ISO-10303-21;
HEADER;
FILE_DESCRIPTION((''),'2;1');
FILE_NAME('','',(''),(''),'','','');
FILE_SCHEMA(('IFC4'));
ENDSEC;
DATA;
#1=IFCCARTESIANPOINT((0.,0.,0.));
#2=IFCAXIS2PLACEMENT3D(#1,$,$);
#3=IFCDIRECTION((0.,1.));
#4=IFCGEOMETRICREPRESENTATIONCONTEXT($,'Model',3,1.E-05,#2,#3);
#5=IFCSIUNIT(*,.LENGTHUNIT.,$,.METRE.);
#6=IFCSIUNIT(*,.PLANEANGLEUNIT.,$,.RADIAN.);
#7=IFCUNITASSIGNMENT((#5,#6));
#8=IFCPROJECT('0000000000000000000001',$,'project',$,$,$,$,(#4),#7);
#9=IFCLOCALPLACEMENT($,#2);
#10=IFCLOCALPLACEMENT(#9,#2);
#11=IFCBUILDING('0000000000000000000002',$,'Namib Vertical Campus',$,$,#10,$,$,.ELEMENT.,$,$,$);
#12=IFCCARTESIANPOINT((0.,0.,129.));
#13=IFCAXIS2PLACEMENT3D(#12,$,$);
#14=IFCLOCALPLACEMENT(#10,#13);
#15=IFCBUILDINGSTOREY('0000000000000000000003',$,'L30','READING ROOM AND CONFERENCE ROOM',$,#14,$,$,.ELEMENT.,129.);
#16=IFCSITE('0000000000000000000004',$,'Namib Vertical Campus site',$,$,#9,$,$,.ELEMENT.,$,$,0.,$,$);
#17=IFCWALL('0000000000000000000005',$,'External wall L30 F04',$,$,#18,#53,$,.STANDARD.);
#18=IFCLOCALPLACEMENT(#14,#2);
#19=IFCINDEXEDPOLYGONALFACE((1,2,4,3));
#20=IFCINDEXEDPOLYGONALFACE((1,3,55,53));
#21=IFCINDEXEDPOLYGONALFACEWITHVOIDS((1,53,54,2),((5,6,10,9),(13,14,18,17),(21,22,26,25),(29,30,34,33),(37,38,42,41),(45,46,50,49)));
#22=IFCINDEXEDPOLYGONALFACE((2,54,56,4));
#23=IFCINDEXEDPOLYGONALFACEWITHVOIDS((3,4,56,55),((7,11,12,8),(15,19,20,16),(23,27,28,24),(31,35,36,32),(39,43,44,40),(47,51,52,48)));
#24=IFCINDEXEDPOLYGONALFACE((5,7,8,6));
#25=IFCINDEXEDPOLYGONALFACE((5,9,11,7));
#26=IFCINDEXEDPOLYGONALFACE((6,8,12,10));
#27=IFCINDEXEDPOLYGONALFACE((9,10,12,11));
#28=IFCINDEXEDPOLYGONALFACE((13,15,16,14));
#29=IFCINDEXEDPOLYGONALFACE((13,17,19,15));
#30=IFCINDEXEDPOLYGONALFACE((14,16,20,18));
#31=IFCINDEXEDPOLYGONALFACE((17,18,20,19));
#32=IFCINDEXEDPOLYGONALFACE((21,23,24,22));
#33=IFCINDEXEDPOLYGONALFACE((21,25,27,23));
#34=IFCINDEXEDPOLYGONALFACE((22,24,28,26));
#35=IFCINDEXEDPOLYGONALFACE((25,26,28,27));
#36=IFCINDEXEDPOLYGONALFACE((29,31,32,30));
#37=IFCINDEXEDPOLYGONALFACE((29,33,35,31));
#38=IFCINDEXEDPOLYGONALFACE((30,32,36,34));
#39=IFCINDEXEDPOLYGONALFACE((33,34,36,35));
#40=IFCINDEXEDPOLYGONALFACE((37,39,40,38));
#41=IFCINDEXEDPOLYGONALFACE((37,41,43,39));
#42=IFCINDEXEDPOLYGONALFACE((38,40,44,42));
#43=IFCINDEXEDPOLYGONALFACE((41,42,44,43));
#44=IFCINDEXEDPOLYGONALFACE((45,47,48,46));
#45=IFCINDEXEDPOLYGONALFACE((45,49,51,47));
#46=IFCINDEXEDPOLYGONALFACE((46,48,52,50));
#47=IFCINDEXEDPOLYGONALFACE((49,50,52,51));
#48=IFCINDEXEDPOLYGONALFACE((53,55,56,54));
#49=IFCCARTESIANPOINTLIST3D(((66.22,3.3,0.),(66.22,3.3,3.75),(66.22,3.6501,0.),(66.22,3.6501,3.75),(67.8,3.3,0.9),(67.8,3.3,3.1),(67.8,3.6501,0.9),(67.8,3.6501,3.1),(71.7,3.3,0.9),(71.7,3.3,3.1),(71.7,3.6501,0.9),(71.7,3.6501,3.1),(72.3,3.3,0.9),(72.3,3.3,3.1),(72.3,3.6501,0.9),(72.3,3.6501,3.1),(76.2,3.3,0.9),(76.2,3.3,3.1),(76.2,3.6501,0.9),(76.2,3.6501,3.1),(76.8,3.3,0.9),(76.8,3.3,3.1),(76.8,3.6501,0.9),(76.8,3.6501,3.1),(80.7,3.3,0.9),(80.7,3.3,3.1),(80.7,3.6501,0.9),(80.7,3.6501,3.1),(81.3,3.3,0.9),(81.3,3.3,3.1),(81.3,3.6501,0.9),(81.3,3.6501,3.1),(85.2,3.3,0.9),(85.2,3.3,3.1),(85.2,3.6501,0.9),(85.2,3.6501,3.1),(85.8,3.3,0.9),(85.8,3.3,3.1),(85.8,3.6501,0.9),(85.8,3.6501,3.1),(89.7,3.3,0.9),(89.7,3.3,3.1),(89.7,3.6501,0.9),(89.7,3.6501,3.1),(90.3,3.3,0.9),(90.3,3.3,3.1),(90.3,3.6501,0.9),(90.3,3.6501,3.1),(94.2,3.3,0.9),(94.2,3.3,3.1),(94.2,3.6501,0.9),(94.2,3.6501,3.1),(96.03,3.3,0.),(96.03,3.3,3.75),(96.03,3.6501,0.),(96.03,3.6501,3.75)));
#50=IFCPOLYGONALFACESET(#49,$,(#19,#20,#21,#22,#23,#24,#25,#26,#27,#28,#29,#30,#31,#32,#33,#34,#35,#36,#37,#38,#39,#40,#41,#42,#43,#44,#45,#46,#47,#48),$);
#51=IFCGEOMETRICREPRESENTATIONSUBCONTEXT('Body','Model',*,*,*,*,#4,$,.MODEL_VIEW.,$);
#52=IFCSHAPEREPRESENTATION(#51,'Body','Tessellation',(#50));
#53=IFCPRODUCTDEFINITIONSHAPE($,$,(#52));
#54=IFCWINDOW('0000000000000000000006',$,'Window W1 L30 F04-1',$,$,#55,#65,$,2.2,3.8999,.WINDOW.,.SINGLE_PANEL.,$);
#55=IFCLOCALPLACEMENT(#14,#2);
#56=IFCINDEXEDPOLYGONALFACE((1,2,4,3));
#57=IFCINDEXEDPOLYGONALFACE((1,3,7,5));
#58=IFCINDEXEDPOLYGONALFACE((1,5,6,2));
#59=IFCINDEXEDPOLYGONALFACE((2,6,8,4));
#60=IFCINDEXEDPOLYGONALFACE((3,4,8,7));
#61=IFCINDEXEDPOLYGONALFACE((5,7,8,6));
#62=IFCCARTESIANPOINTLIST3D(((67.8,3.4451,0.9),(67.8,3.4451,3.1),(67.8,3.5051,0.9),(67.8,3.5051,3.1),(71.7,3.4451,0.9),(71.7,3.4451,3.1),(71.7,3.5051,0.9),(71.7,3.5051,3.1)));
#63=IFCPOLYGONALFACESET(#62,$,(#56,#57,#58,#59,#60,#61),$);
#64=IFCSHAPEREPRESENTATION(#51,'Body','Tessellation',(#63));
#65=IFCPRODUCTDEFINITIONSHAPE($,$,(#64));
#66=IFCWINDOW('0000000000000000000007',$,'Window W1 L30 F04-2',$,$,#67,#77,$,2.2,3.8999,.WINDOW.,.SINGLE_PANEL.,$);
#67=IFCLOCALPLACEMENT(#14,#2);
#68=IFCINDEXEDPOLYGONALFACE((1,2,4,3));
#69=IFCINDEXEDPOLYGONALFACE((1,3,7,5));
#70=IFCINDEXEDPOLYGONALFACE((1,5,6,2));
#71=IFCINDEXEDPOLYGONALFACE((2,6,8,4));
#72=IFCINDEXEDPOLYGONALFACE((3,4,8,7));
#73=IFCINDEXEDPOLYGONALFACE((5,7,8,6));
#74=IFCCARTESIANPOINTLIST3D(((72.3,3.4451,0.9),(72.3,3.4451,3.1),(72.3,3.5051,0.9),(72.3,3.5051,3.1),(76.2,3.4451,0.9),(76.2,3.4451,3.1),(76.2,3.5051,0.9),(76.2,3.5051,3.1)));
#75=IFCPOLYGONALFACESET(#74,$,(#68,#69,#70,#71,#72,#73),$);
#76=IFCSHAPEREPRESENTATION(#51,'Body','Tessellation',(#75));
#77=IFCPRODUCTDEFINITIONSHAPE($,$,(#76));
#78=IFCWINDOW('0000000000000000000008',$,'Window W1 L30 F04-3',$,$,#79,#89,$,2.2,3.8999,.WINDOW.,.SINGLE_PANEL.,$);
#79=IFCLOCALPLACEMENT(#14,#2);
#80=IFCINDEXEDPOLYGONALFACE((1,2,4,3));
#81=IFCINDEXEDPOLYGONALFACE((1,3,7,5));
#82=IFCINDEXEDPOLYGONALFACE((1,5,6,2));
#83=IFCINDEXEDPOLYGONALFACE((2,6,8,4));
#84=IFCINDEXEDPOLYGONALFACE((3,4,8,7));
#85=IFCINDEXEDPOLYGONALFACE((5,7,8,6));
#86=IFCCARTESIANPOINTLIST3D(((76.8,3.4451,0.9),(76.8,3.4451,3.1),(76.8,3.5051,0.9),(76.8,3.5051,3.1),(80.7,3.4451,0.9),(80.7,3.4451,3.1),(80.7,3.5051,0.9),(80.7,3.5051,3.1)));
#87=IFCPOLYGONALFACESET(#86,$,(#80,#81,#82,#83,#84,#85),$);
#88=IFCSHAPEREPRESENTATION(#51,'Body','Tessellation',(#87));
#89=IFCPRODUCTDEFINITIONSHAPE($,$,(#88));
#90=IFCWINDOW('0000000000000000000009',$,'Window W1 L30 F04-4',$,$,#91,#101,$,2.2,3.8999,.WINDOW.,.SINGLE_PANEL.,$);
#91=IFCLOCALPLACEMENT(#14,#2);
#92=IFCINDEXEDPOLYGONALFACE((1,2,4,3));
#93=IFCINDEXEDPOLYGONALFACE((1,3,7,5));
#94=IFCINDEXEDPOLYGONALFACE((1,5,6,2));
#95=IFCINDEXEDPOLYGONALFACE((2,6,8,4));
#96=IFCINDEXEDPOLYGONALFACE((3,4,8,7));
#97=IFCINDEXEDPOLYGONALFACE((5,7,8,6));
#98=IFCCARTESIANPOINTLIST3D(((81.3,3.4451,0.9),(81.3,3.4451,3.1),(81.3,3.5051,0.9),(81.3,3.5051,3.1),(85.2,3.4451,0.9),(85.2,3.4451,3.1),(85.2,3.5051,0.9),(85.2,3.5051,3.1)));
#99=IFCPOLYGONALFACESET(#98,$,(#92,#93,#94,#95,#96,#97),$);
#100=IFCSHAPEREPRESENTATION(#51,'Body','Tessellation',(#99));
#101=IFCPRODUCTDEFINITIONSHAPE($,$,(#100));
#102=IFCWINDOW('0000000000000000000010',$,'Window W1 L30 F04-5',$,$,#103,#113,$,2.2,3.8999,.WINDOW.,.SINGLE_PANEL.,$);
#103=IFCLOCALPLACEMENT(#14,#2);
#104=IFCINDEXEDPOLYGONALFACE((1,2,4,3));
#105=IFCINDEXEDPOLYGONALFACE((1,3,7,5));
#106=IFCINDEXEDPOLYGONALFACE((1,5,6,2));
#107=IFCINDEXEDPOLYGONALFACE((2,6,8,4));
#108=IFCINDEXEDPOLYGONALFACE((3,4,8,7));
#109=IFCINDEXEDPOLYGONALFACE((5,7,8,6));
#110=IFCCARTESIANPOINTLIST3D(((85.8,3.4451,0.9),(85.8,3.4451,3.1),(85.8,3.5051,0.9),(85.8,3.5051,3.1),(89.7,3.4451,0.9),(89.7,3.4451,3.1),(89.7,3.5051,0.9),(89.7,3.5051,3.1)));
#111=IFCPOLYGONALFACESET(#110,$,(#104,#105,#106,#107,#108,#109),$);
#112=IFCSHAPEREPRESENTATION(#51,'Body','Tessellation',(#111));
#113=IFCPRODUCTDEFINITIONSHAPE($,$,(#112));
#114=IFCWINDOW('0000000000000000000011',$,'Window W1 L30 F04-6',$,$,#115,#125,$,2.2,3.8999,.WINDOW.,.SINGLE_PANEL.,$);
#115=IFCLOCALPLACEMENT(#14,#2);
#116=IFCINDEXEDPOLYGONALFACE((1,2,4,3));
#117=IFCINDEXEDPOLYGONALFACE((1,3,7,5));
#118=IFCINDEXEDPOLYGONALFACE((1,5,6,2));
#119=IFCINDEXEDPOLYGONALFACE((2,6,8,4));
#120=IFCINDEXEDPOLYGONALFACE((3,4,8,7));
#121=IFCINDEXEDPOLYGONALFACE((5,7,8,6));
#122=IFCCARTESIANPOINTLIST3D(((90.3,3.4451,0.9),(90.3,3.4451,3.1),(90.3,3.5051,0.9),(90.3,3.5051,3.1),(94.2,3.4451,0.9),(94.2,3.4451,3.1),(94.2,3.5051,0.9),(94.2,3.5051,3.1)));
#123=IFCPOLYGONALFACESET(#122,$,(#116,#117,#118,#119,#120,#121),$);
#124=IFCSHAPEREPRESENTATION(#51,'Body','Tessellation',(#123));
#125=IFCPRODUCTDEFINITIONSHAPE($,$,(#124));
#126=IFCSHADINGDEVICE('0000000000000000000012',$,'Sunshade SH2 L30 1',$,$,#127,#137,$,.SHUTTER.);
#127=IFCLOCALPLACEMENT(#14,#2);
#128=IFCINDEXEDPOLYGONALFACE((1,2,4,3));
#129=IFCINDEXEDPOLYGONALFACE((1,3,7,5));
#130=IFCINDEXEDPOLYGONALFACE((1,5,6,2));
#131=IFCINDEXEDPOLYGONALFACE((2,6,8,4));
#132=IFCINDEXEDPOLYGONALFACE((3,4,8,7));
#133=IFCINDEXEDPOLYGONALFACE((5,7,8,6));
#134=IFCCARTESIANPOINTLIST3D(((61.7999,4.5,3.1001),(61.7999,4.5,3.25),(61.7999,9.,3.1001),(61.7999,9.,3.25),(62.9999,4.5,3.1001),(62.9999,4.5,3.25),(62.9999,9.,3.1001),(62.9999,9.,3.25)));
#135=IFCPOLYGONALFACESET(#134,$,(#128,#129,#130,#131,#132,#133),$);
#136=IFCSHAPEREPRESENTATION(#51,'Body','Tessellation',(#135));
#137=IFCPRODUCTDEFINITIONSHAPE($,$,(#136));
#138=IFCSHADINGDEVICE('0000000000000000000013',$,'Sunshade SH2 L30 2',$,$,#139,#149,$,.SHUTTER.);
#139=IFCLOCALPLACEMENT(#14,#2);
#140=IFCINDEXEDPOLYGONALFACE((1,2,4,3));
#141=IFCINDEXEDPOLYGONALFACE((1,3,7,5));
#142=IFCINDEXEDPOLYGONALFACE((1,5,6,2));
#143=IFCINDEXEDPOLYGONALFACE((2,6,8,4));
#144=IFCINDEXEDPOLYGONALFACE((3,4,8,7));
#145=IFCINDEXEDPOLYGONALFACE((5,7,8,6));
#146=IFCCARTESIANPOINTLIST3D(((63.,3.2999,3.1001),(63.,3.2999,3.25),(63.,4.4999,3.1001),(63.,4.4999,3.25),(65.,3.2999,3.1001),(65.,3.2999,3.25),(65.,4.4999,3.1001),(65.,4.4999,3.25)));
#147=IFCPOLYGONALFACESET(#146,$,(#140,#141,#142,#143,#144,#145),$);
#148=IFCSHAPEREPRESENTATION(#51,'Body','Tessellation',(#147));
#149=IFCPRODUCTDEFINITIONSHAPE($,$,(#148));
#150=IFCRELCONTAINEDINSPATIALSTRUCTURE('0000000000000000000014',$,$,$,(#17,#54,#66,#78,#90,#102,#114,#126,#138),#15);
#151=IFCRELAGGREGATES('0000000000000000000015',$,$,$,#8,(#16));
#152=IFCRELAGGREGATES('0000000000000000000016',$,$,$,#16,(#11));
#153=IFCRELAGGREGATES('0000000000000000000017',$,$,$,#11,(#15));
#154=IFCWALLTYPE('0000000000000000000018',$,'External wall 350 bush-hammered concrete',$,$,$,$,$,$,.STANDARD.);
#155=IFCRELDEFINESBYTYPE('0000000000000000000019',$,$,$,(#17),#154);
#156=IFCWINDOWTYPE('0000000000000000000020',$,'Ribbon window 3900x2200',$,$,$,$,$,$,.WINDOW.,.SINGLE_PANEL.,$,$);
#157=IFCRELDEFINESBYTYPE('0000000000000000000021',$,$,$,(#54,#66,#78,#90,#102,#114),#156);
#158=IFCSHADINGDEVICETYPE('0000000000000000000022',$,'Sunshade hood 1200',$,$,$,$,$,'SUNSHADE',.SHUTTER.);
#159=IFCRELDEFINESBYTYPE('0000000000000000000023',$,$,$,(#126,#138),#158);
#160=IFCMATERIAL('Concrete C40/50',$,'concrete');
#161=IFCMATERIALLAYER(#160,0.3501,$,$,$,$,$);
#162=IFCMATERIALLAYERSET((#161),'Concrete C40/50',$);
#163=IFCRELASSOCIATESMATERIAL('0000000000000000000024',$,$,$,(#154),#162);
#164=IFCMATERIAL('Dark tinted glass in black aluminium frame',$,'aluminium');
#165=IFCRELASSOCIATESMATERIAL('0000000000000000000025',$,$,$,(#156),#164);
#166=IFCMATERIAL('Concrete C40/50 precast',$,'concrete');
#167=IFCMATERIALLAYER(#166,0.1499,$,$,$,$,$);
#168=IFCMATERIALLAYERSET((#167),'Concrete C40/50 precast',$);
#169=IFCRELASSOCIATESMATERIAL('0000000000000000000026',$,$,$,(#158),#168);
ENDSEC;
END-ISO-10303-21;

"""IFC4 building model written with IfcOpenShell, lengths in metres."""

from ifc_helpers import new_model, si_unit, direction, frame, frame_2d, origin, origin_2d, place, context, subcontext, project, spatial, rectangle, extrude, material, layer, layer_set, type_object, element, fill, save


model = new_model("IFC4")

# Units and contexts
model_context = context("Model", 3, precision=1e-05, world=origin(), true_north=direction((0.0, 1.0)))
body_context = subcontext(model_context, "Body", "Model", "MODEL_VIEW")
ifc_project = project(units=[si_unit("LENGTHUNIT", "METRE"), si_unit("PLANEANGLEUNIT", "RADIAN")], contexts=[model_context])

# Site, building, storey
site_placement = place(None, origin())
site = spatial("IfcSite", under=ifc_project, at=site_placement, Name="Namib Vertical Campus site", CompositionType="ELEMENT", RefElevation=0.0)
building_placement = place(site_placement, origin())
building = spatial("IfcBuilding", under=site, at=building_placement, Name="Namib Vertical Campus", CompositionType="ELEMENT")
storey_placement = place(building_placement, frame((0.0, 0.0, 129.0)))
storey = spatial("IfcBuildingStorey", under=building, at=storey_placement, Name="L30", Description="READING ROOM AND CONFERENCE ROOM", CompositionType="ELEMENT", Elevation=129.0)

# Shared definitions
ifc_material_1 = material(Name="Concrete C40/50", Category="concrete")
ifc_layer_1 = layer(ifc_material_1, 0.3501)
ifc_layer_set_1 = layer_set([ifc_layer_1], Name="Concrete C40/50")
wall_type = type_object("IfcWallType", Name="External wall 350 bush-hammered concrete", PredefinedType="STANDARD", material=ifc_layer_set_1)

# Wall, openings, windows
wall_1_placement = place(storey_placement, frame((66.22, 3.4751, 0.0), z_axis=(0.0, 0.0, 1.0), x_axis=(1.0, 0.0, 0.0)))
wall_1 = element("IfcWall", 1, at=wall_1_placement, inside=storey, type_object=wall_type, Name="External wall L30 F04", PredefinedType="STANDARD", context=body_context, shape_type="SweptSolid", body=[
    extrude(rectangle(XDim=29.8101, YDim=0.3501, at=frame_2d((14.905, 0.0))), origin(), (0.0, 0.0, 1.0), 3.75),
])
opening_1_placement = place(wall_1_placement, frame((1.5801, 0.0, 0.8999)))
opening_1 = element("IfcOpeningElement", 2, at=opening_1_placement, cuts=wall_1, PredefinedType="OPENING", context=body_context, shape_type="SweptSolid", body=[
    extrude(rectangle(XDim=3.8999, YDim=2.2, at=frame_2d((1.95, 1.1001))), frame((0.0, 0.1851, 0.0), z_axis=(0.0, -1.0, 0.0), x_axis=(1.0, 0.0, 0.0)), (0.0, 0.0, 1.0), 0.3701),
])
opening_2_placement = place(wall_1_placement, frame((6.0801, 0.0, 0.8999)))
opening_2 = element("IfcOpeningElement", 3, at=opening_2_placement, cuts=wall_1, PredefinedType="OPENING", context=body_context, shape_type="SweptSolid", body=[
    extrude(rectangle(XDim=3.8999, YDim=2.2, at=frame_2d((1.95, 1.1001))), frame((0.0, 0.1851, 0.0), z_axis=(0.0, -1.0, 0.0), x_axis=(1.0, 0.0, 0.0)), (0.0, 0.0, 1.0), 0.3701),
])
opening_3_placement = place(wall_1_placement, frame((10.5801, 0.0, 0.8999)))
opening_3 = element("IfcOpeningElement", 4, at=opening_3_placement, cuts=wall_1, PredefinedType="OPENING", context=body_context, shape_type="SweptSolid", body=[
    extrude(rectangle(XDim=3.8999, YDim=2.2, at=frame_2d((1.95, 1.1001))), frame((0.0, 0.1851, 0.0), z_axis=(0.0, -1.0, 0.0), x_axis=(1.0, 0.0, 0.0)), (0.0, 0.0, 1.0), 0.3701),
])
opening_4_placement = place(wall_1_placement, frame((15.0801, 0.0, 0.8999)))
opening_4 = element("IfcOpeningElement", 5, at=opening_4_placement, cuts=wall_1, PredefinedType="OPENING", context=body_context, shape_type="SweptSolid", body=[
    extrude(rectangle(XDim=3.8999, YDim=2.2, at=frame_2d((1.95, 1.1001))), frame((0.0, 0.1851, 0.0), z_axis=(0.0, -1.0, 0.0), x_axis=(1.0, 0.0, 0.0)), (0.0, 0.0, 1.0), 0.3701),
])
opening_5_placement = place(wall_1_placement, frame((19.5801, 0.0, 0.8999)))
opening_5 = element("IfcOpeningElement", 6, at=opening_5_placement, cuts=wall_1, PredefinedType="OPENING", context=body_context, shape_type="SweptSolid", body=[
    extrude(rectangle(XDim=3.8999, YDim=2.2, at=frame_2d((1.95, 1.1001))), frame((0.0, 0.1851, 0.0), z_axis=(0.0, -1.0, 0.0), x_axis=(1.0, 0.0, 0.0)), (0.0, 0.0, 1.0), 0.3701),
])
opening_6_placement = place(wall_1_placement, frame((24.0801, 0.0, 0.8999)))
opening_6 = element("IfcOpeningElement", 7, at=opening_6_placement, cuts=wall_1, PredefinedType="OPENING", context=body_context, shape_type="SweptSolid", body=[
    extrude(rectangle(XDim=3.8999, YDim=2.2, at=frame_2d((1.95, 1.1001))), frame((0.0, 0.1851, 0.0), z_axis=(0.0, -1.0, 0.0), x_axis=(1.0, 0.0, 0.0)), (0.0, 0.0, 1.0), 0.3701),
])
ifc_material_2 = material(Name="Dark tinted glass in black aluminium frame", Category="aluminium")
window_type = type_object("IfcWindowType", Name="Ribbon window 3900x2200", PartitioningType="SINGLE_PANEL", PredefinedType="WINDOW", material=ifc_material_2)
window_1_placement = place(opening_1_placement, origin())
window_1 = element("IfcWindow", 8, at=window_1_placement, inside=storey, type_object=window_type, Name="Window W1 L30 F04-1", OverallHeight=2.2, OverallWidth=3.8999, PartitioningType="SINGLE_PANEL", PredefinedType="WINDOW", context=body_context, shape_type="SweptSolid", body=[
    extrude(rectangle(XDim=3.8999, YDim=2.2, at=frame_2d((1.95, 1.1001))), frame((0.0, 0.03, 0.0), z_axis=(0.0, -1.0, 0.0), x_axis=(1.0, 0.0, 0.0)), (0.0, 0.0, 1.0), 0.0601),
])
fill(opening_1, window_1)
window_2_placement = place(opening_2_placement, origin())
window_2 = element("IfcWindow", 9, at=window_2_placement, inside=storey, type_object=window_type, Name="Window W1 L30 F04-2", OverallHeight=2.2, OverallWidth=3.8999, PartitioningType="SINGLE_PANEL", PredefinedType="WINDOW", context=body_context, shape_type="SweptSolid", body=[
    extrude(rectangle(XDim=3.8999, YDim=2.2, at=frame_2d((1.95, 1.1001))), frame((0.0, 0.03, 0.0), z_axis=(0.0, -1.0, 0.0), x_axis=(1.0, 0.0, 0.0)), (0.0, 0.0, 1.0), 0.0601),
])
fill(opening_2, window_2)
window_3_placement = place(opening_3_placement, origin())
window_3 = element("IfcWindow", 10, at=window_3_placement, inside=storey, type_object=window_type, Name="Window W1 L30 F04-3", OverallHeight=2.2, OverallWidth=3.8999, PartitioningType="SINGLE_PANEL", PredefinedType="WINDOW", context=body_context, shape_type="SweptSolid", body=[
    extrude(rectangle(XDim=3.8999, YDim=2.2, at=frame_2d((1.95, 1.1001))), frame((0.0, 0.03, 0.0), z_axis=(0.0, -1.0, 0.0), x_axis=(1.0, 0.0, 0.0)), (0.0, 0.0, 1.0), 0.0601),
])
fill(opening_3, window_3)
window_4_placement = place(opening_4_placement, origin())
window_4 = element("IfcWindow", 11, at=window_4_placement, inside=storey, type_object=window_type, Name="Window W1 L30 F04-4", OverallHeight=2.2, OverallWidth=3.8999, PartitioningType="SINGLE_PANEL", PredefinedType="WINDOW", context=body_context, shape_type="SweptSolid", body=[
    extrude(rectangle(XDim=3.8999, YDim=2.2, at=frame_2d((1.95, 1.1001))), frame((0.0, 0.03, 0.0), z_axis=(0.0, -1.0, 0.0), x_axis=(1.0, 0.0, 0.0)), (0.0, 0.0, 1.0), 0.0601),
])
fill(opening_4, window_4)
window_5_placement = place(opening_5_placement, origin())
window_5 = element("IfcWindow", 12, at=window_5_placement, inside=storey, type_object=window_type, Name="Window W1 L30 F04-5", OverallHeight=2.2, OverallWidth=3.8999, PartitioningType="SINGLE_PANEL", PredefinedType="WINDOW", context=body_context, shape_type="SweptSolid", body=[
    extrude(rectangle(XDim=3.8999, YDim=2.2, at=frame_2d((1.95, 1.1001))), frame((0.0, 0.03, 0.0), z_axis=(0.0, -1.0, 0.0), x_axis=(1.0, 0.0, 0.0)), (0.0, 0.0, 1.0), 0.0601),
])
fill(opening_5, window_5)
window_6_placement = place(opening_6_placement, origin())
window_6 = element("IfcWindow", 13, at=window_6_placement, inside=storey, type_object=window_type, Name="Window W1 L30 F04-6", OverallHeight=2.2, OverallWidth=3.8999, PartitioningType="SINGLE_PANEL", PredefinedType="WINDOW", context=body_context, shape_type="SweptSolid", body=[
    extrude(rectangle(XDim=3.8999, YDim=2.2, at=frame_2d((1.95, 1.1001))), frame((0.0, 0.03, 0.0), z_axis=(0.0, -1.0, 0.0), x_axis=(1.0, 0.0, 0.0)), (0.0, 0.0, 1.0), 0.0601),
])
fill(opening_6, window_6)

# Shading devices
ifc_material_3 = material(Name="Concrete C40/50 precast", Category="concrete")
ifc_layer_2 = layer(ifc_material_3, 0.1499)
ifc_layer_set_2 = layer_set([ifc_layer_2], Name="Concrete C40/50 precast")
shading_device_type = type_object("IfcShadingDeviceType", Name="Sunshade hood 1200", ElementType="SUNSHADE", PredefinedType="SHUTTER", material=ifc_layer_set_2)
shading_device_1_placement = place(storey_placement, frame((62.3999, 6.75, 3.1001), z_axis=(0.0, 0.0, 1.0), x_axis=(0.0, -1.0, 0.0)))
element("IfcShadingDevice", 14, at=shading_device_1_placement, inside=storey, type_object=shading_device_type, Name="Sunshade SH2 L30 1", PredefinedType="SHUTTER", context=body_context, shape_type="SweptSolid", body=[
    extrude(rectangle(XDim=4.5, YDim=1.2, at=origin_2d()), origin(), (0.0, 0.0, 1.0), 0.1499),
])
shading_device_2_placement = place(storey_placement, frame((64.0, 3.8999, 3.1001), z_axis=(0.0, 0.0, 1.0), x_axis=(1.0, 0.0, 0.0)))
element("IfcShadingDevice", 15, at=shading_device_2_placement, inside=storey, type_object=shading_device_type, Name="Sunshade SH2 L30 2", PredefinedType="SHUTTER", context=body_context, shape_type="SweptSolid", body=[
    extrude(rectangle(XDim=2.0, YDim=1.2, at=origin_2d()), origin(), (0.0, 0.0, 1.0), 0.1499),
])

save(model, "model.ifc")
